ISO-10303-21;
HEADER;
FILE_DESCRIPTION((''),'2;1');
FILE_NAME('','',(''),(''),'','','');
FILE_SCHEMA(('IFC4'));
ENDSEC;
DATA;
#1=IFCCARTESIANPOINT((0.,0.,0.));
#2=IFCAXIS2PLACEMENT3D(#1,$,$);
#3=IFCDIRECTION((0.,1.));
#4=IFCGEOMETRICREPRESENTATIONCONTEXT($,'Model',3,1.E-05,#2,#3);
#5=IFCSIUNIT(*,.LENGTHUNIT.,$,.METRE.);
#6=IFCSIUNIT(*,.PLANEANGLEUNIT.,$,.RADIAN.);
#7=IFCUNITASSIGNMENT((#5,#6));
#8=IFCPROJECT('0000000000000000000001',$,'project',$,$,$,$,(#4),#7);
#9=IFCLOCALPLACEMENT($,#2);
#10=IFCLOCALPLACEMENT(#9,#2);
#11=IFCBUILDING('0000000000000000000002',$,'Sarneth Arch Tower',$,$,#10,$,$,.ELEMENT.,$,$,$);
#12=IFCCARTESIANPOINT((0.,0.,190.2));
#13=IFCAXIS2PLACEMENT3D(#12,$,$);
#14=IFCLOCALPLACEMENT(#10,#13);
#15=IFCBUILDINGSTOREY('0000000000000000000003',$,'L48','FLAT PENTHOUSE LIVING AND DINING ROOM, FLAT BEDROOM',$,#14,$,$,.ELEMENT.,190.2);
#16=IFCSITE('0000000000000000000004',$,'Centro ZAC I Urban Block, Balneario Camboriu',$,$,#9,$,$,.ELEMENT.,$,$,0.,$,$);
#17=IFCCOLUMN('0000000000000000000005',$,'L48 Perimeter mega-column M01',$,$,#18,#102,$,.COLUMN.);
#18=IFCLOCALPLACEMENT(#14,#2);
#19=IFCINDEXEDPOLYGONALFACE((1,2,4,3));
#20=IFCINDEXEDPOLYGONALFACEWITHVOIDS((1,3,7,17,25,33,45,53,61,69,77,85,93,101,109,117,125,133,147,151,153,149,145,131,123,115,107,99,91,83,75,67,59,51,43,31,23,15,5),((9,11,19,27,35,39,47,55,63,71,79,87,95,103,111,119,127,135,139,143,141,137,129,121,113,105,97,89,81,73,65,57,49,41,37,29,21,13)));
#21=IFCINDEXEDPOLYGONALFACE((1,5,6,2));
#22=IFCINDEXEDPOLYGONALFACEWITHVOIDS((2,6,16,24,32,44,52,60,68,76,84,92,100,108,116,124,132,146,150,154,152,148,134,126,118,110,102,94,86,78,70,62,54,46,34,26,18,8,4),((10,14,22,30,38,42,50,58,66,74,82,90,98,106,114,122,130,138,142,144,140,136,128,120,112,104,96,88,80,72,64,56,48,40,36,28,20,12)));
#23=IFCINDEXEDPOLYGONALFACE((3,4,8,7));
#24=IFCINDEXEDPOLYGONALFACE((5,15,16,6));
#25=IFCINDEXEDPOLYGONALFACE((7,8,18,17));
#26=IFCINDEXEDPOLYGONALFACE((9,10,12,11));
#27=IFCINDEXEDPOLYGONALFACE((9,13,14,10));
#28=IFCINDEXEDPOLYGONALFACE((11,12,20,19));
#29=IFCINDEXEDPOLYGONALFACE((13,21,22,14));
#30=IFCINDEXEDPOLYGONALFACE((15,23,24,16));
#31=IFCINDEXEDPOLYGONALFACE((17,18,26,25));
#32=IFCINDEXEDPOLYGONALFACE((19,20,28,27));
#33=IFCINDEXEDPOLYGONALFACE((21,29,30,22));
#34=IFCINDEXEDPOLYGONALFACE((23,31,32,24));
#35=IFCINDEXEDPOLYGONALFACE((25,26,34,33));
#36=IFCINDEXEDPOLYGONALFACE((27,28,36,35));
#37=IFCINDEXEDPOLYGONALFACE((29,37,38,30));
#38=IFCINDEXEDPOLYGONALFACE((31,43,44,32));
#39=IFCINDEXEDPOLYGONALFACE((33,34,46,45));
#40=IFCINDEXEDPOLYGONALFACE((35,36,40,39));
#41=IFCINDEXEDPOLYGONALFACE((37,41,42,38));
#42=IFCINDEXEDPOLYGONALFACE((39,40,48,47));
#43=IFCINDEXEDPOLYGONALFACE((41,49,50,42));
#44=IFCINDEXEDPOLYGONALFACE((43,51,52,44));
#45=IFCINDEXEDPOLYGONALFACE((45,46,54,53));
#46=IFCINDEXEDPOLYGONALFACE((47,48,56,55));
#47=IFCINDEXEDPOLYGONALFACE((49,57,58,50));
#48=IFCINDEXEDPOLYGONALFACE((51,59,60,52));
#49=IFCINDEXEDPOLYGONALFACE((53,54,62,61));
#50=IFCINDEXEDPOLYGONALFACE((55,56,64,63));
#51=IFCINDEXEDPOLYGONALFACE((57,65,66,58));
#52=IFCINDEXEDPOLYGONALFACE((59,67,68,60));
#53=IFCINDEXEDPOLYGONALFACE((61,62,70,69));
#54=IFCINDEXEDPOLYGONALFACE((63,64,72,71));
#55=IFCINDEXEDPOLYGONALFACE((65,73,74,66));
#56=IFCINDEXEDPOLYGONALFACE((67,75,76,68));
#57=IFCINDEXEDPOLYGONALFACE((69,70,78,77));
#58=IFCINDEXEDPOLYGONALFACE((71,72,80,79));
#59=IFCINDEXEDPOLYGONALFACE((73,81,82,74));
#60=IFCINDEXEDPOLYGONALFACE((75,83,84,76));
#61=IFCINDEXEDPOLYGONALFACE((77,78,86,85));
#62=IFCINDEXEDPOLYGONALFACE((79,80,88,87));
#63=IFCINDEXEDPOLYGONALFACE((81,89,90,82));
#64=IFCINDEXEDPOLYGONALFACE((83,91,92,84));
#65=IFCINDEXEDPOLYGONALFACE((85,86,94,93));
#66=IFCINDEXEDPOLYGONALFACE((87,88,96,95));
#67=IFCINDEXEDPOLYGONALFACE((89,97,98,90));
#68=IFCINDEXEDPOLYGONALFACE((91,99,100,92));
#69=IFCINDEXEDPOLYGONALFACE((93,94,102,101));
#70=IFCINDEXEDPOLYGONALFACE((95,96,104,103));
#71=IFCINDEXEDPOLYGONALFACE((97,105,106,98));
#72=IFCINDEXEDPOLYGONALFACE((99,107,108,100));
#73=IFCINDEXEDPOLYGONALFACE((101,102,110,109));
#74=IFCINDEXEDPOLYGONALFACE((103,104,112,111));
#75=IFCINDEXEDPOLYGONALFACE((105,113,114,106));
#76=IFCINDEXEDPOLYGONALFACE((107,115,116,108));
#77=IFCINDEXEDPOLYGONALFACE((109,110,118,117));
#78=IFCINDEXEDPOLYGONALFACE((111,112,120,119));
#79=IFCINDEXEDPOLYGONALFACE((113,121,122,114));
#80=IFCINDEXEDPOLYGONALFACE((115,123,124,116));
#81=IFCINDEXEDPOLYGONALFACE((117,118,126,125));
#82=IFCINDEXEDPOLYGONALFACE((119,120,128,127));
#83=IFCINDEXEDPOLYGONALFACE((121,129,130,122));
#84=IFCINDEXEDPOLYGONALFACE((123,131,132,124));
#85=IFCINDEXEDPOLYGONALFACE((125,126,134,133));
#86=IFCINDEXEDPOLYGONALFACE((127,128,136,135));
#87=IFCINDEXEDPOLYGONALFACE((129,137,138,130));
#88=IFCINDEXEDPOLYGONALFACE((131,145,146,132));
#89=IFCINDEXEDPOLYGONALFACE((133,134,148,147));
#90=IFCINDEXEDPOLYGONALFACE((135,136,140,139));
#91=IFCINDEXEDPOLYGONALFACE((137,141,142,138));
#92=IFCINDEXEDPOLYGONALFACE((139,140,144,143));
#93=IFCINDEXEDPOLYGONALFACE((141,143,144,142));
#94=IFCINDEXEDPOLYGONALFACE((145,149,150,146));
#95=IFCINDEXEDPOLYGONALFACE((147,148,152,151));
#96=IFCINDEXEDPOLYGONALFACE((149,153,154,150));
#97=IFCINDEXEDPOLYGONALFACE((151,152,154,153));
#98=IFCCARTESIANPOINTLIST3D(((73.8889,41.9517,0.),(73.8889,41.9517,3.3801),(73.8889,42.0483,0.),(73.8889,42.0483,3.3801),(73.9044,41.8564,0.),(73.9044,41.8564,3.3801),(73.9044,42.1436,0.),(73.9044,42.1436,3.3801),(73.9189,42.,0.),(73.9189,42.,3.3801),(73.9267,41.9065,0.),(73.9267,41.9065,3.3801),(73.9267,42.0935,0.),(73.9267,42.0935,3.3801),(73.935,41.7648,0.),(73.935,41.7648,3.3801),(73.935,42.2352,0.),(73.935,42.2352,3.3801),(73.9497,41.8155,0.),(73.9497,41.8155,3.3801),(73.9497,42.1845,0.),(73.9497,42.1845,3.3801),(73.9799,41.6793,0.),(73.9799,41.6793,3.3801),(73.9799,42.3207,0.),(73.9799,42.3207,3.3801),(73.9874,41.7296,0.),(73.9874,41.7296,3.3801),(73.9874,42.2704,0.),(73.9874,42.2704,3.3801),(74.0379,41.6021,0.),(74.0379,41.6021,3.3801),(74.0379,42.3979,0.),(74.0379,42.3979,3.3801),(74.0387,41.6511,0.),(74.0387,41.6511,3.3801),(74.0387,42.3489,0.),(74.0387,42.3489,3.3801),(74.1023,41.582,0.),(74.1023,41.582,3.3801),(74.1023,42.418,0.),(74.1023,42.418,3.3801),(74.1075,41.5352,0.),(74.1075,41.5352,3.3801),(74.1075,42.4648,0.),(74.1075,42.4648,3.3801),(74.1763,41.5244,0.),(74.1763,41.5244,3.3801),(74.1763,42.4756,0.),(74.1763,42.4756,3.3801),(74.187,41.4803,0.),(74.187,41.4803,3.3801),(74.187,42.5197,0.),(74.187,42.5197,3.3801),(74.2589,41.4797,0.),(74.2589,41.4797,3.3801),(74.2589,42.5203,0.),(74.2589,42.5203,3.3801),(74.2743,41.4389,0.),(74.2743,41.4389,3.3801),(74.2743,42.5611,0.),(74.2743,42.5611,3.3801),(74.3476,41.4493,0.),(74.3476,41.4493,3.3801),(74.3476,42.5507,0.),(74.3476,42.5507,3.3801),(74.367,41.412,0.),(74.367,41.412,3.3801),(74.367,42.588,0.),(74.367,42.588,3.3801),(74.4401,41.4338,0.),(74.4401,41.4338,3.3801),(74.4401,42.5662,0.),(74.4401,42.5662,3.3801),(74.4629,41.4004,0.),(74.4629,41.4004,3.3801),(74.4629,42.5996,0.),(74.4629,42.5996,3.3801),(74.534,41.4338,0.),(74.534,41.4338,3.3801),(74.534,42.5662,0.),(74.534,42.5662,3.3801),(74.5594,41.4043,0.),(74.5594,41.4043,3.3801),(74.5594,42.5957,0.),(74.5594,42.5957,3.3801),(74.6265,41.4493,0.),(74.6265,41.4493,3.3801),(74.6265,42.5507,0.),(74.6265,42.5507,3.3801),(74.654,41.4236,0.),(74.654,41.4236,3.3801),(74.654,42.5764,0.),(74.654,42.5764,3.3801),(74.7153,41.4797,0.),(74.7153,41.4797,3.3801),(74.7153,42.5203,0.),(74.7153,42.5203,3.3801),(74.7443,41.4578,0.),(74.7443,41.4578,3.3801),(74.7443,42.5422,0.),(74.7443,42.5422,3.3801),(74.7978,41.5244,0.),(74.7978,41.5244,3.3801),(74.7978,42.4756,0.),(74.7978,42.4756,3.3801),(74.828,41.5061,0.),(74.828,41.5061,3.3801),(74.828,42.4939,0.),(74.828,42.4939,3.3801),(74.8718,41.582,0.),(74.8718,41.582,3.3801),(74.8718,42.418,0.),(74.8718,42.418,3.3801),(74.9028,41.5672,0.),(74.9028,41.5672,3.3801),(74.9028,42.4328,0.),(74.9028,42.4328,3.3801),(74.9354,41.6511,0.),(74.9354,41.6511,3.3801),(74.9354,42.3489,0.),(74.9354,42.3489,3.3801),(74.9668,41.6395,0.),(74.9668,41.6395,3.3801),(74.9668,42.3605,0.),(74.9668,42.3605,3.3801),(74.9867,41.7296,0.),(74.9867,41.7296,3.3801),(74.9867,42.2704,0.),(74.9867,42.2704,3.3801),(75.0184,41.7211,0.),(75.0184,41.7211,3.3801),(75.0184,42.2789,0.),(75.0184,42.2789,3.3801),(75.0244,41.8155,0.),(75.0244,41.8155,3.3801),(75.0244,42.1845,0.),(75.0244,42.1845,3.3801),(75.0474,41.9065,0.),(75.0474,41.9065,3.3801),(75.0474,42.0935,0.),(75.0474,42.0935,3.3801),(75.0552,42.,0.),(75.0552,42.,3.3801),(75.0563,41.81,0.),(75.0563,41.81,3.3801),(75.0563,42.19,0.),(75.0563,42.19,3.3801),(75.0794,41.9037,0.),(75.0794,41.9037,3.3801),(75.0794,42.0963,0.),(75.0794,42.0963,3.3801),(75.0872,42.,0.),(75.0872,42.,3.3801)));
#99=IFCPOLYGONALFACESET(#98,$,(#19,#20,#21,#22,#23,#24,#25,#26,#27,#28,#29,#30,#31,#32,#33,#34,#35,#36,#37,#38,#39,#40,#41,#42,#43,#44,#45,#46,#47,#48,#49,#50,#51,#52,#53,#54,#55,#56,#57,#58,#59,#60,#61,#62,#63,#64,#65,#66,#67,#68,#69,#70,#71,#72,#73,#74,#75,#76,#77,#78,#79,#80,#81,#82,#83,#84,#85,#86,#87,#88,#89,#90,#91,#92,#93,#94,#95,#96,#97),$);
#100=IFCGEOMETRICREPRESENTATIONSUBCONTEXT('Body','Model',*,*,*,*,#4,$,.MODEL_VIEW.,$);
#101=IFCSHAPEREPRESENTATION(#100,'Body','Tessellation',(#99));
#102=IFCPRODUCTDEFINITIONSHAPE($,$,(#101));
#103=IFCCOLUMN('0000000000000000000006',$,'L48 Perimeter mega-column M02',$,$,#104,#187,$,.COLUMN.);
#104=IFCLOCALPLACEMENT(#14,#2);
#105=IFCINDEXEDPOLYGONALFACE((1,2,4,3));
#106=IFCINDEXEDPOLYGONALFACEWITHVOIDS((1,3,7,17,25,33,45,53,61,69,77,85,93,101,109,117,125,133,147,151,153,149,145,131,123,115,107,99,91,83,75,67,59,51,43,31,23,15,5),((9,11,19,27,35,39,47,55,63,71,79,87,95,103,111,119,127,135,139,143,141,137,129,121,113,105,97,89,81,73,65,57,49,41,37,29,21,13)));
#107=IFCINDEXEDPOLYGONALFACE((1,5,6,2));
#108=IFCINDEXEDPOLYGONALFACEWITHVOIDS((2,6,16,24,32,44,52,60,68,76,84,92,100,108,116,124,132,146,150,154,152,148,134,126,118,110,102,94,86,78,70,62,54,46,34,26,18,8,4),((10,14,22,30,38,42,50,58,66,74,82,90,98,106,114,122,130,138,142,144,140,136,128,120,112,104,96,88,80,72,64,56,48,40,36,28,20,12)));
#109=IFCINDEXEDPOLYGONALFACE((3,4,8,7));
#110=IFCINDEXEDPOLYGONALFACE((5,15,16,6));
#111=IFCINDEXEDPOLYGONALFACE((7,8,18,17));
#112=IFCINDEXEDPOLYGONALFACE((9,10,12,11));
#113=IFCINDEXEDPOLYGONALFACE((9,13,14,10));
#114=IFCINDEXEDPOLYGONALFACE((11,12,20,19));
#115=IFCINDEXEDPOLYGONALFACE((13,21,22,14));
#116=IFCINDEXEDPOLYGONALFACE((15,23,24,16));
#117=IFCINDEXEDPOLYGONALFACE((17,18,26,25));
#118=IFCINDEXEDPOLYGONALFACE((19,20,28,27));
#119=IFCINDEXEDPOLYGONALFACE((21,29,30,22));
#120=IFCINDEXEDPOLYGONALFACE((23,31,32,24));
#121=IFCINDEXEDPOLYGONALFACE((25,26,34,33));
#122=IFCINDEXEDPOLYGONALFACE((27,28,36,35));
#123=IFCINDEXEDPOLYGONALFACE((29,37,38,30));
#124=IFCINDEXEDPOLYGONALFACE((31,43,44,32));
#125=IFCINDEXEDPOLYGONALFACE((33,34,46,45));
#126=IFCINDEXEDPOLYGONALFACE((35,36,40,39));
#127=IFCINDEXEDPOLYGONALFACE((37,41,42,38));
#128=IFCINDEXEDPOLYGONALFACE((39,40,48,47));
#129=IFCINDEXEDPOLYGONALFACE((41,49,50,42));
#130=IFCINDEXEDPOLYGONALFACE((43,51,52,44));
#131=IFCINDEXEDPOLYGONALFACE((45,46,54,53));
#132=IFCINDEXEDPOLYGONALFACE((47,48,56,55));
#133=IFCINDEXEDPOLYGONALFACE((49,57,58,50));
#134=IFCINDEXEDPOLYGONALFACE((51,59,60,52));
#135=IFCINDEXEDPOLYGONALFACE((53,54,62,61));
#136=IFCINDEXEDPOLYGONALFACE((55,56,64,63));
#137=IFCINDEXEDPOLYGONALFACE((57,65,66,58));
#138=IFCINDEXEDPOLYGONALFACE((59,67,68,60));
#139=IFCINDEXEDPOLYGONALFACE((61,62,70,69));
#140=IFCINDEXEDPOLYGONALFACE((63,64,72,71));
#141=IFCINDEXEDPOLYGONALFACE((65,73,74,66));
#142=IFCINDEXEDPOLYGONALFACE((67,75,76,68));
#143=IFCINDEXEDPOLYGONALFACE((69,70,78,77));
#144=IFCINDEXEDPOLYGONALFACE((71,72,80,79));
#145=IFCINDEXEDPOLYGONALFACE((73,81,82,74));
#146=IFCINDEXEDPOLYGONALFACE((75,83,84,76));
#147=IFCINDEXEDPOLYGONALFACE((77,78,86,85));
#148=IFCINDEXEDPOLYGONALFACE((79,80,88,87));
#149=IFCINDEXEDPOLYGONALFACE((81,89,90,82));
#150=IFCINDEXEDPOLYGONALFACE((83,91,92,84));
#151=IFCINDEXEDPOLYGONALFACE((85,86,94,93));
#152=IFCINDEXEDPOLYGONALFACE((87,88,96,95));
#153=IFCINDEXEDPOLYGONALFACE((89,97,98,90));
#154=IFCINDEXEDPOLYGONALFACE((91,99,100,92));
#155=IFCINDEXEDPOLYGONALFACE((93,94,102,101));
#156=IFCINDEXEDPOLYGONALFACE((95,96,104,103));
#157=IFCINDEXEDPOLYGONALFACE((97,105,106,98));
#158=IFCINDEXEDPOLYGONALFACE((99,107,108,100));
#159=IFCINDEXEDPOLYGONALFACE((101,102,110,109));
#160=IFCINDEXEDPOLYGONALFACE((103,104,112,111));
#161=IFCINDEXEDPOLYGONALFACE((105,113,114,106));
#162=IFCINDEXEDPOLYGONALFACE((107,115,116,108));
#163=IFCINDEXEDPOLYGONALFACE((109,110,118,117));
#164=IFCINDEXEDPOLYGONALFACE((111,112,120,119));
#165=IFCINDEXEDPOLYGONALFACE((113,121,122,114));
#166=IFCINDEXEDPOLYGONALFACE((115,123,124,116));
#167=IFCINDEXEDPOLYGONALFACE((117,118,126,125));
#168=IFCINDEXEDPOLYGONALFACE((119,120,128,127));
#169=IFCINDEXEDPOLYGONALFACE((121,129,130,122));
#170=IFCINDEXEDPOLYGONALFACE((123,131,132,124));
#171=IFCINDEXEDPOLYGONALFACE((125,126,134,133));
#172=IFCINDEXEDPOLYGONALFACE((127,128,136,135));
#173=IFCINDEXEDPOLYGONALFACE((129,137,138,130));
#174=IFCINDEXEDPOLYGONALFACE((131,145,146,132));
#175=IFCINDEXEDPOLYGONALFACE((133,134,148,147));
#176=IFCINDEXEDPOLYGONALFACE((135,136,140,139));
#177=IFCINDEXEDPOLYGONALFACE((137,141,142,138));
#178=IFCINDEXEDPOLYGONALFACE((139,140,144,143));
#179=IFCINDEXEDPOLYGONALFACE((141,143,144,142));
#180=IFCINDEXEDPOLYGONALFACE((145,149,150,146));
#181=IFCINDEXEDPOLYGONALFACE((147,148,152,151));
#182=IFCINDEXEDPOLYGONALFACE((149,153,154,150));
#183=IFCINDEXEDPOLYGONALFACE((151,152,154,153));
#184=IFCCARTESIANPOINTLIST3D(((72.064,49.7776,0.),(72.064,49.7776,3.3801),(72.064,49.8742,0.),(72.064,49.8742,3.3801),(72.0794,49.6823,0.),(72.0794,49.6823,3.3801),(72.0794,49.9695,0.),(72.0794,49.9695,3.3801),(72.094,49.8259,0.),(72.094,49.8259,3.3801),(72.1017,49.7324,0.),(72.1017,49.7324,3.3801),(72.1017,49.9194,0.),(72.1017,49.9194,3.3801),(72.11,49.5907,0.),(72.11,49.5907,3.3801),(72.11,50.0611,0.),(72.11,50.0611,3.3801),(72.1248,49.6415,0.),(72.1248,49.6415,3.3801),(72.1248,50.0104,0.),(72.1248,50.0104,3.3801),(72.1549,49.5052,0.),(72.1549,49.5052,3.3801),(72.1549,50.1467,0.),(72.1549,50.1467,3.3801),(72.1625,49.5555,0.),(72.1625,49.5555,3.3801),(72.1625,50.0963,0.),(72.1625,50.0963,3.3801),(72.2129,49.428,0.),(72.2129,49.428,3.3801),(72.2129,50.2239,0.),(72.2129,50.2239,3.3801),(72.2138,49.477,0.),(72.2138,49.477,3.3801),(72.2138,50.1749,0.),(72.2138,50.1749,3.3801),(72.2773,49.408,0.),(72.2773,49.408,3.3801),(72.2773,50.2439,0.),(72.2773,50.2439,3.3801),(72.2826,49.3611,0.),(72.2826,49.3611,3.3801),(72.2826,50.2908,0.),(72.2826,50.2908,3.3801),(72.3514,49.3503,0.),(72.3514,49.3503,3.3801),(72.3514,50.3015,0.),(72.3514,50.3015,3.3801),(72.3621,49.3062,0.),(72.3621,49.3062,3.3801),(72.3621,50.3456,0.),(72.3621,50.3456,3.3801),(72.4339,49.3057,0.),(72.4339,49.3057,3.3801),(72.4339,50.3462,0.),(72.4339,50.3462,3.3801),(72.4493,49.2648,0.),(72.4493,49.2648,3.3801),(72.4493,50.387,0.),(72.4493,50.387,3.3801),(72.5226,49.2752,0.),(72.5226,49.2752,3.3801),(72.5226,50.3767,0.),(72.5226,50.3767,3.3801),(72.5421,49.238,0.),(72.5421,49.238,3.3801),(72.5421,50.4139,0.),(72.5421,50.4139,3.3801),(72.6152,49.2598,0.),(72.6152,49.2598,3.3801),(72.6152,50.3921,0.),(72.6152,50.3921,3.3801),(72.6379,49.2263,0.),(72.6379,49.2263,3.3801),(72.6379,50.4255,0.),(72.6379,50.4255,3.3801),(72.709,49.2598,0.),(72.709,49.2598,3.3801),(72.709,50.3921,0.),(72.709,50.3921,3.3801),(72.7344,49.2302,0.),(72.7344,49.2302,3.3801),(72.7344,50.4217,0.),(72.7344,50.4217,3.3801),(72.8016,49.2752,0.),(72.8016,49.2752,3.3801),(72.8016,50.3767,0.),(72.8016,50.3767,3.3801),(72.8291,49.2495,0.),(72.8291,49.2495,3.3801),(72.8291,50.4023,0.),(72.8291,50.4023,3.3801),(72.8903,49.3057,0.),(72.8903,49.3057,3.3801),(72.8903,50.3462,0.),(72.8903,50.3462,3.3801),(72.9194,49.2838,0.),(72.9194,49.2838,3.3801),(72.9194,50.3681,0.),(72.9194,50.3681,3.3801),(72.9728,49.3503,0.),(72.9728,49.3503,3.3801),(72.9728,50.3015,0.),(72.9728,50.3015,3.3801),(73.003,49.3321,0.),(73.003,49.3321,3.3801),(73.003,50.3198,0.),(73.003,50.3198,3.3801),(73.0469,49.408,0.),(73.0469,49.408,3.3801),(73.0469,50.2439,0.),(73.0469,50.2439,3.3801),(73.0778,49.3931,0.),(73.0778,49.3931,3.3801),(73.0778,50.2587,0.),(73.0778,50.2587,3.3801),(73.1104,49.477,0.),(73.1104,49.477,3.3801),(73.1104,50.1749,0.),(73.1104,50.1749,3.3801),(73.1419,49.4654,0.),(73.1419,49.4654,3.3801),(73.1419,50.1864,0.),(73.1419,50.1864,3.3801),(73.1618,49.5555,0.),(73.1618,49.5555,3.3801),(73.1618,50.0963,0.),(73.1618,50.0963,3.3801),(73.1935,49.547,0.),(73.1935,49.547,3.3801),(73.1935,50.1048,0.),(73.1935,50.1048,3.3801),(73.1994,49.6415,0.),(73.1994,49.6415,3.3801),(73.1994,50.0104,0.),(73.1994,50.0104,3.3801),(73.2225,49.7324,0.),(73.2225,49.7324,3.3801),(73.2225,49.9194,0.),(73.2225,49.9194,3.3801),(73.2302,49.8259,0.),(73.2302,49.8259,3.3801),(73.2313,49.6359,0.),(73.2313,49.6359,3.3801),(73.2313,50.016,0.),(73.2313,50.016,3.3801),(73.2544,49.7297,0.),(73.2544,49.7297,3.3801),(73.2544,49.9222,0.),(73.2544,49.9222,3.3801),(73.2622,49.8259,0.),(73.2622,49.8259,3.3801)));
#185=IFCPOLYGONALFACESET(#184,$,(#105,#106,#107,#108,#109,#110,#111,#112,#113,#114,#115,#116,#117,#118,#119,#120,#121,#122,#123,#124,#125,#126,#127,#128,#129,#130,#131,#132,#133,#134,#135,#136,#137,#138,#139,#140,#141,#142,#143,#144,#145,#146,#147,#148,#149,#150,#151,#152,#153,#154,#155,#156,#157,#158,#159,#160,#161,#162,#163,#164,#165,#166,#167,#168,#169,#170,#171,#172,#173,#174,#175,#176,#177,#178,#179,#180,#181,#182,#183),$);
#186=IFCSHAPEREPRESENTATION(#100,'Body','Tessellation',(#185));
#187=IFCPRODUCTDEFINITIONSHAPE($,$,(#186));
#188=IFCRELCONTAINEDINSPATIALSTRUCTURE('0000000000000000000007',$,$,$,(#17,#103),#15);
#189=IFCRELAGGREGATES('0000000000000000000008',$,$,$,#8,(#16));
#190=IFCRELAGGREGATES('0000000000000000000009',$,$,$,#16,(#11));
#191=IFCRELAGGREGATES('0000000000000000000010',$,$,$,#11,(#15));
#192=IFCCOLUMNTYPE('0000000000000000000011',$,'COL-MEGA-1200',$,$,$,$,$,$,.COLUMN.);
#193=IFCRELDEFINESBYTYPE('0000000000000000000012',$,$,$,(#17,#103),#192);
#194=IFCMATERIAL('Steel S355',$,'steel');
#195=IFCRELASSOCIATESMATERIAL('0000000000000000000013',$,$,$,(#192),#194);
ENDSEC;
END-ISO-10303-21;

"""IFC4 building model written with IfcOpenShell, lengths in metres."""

from ifc_helpers import new_model, si_unit, direction, frame, origin, origin_2d, place, context, subcontext, project, spatial, hollow_circle, extrude, material, material_profile, profile_set, type_object, element, save


model = new_model("IFC4")

# Units and contexts
model_context = context("Model", 3, precision=1e-05, world=origin(), true_north=direction((0.0, 1.0)))
body_context = subcontext(model_context, "Body", "Model", "MODEL_VIEW")
ifc_project = project(units=[si_unit("LENGTHUNIT", "METRE"), si_unit("PLANEANGLEUNIT", "RADIAN")], contexts=[model_context])

# Site, building, storey
site_placement = place(None, origin())
site = spatial("IfcSite", under=ifc_project, at=site_placement, Name="Centro ZAC I Urban Block, Balneario Camboriu", CompositionType="ELEMENT", RefElevation=0.0)
building_placement = place(site_placement, origin())
building = spatial("IfcBuilding", under=site, at=building_placement, Name="Sarneth Arch Tower", CompositionType="ELEMENT")
storey_placement = place(building_placement, frame((0.0, 0.0, 190.2)))
storey = spatial("IfcBuildingStorey", under=building, at=storey_placement, Name="L48", Description="FLAT PENTHOUSE LIVING AND DINING ROOM, FLAT BEDROOM", CompositionType="ELEMENT", Elevation=190.2)

# Columns
ifc_material_1 = material(Name="Steel S355", Category="steel")
ifc_material_profile_1 = material_profile(ifc_material_1, hollow_circle(Radius=0.6001, WallThickness=0.032, at=origin_2d()), Name="CHS1200x32")
ifc_profile_set_1 = profile_set([ifc_material_profile_1], Name="Steel S355")
column_type = type_object("IfcColumnType", Name="COL-MEGA-1200", PredefinedType="COLUMN", material=ifc_profile_set_1)
for number, where, z_axis, x_axis, name in (
    (1, (74.4871, 42.0, 0.0), (0.0, 0.0, 1.0), (1.0, 0.0, 0.0), "L48 Perimeter mega-column M01"),
    (2, (72.6621, 49.8259, 0.0), (0.0, 0.0, 1.0), (1.0, 0.0, 0.0), "L48 Perimeter mega-column M02"),
):
    element("IfcColumn", number, at=place(storey_placement, frame(where, z_axis=z_axis, x_axis=x_axis)), inside=storey, type_object=column_type, Name=name, PredefinedType="COLUMN", context=body_context, shape_type="SweptSolid", body=[
        extrude(hollow_circle(Radius=0.6001, WallThickness=0.032, at=origin_2d()), origin(), (0.0, 0.0, 1.0), 3.3801),
    ])

save(model, "model.ifc")
